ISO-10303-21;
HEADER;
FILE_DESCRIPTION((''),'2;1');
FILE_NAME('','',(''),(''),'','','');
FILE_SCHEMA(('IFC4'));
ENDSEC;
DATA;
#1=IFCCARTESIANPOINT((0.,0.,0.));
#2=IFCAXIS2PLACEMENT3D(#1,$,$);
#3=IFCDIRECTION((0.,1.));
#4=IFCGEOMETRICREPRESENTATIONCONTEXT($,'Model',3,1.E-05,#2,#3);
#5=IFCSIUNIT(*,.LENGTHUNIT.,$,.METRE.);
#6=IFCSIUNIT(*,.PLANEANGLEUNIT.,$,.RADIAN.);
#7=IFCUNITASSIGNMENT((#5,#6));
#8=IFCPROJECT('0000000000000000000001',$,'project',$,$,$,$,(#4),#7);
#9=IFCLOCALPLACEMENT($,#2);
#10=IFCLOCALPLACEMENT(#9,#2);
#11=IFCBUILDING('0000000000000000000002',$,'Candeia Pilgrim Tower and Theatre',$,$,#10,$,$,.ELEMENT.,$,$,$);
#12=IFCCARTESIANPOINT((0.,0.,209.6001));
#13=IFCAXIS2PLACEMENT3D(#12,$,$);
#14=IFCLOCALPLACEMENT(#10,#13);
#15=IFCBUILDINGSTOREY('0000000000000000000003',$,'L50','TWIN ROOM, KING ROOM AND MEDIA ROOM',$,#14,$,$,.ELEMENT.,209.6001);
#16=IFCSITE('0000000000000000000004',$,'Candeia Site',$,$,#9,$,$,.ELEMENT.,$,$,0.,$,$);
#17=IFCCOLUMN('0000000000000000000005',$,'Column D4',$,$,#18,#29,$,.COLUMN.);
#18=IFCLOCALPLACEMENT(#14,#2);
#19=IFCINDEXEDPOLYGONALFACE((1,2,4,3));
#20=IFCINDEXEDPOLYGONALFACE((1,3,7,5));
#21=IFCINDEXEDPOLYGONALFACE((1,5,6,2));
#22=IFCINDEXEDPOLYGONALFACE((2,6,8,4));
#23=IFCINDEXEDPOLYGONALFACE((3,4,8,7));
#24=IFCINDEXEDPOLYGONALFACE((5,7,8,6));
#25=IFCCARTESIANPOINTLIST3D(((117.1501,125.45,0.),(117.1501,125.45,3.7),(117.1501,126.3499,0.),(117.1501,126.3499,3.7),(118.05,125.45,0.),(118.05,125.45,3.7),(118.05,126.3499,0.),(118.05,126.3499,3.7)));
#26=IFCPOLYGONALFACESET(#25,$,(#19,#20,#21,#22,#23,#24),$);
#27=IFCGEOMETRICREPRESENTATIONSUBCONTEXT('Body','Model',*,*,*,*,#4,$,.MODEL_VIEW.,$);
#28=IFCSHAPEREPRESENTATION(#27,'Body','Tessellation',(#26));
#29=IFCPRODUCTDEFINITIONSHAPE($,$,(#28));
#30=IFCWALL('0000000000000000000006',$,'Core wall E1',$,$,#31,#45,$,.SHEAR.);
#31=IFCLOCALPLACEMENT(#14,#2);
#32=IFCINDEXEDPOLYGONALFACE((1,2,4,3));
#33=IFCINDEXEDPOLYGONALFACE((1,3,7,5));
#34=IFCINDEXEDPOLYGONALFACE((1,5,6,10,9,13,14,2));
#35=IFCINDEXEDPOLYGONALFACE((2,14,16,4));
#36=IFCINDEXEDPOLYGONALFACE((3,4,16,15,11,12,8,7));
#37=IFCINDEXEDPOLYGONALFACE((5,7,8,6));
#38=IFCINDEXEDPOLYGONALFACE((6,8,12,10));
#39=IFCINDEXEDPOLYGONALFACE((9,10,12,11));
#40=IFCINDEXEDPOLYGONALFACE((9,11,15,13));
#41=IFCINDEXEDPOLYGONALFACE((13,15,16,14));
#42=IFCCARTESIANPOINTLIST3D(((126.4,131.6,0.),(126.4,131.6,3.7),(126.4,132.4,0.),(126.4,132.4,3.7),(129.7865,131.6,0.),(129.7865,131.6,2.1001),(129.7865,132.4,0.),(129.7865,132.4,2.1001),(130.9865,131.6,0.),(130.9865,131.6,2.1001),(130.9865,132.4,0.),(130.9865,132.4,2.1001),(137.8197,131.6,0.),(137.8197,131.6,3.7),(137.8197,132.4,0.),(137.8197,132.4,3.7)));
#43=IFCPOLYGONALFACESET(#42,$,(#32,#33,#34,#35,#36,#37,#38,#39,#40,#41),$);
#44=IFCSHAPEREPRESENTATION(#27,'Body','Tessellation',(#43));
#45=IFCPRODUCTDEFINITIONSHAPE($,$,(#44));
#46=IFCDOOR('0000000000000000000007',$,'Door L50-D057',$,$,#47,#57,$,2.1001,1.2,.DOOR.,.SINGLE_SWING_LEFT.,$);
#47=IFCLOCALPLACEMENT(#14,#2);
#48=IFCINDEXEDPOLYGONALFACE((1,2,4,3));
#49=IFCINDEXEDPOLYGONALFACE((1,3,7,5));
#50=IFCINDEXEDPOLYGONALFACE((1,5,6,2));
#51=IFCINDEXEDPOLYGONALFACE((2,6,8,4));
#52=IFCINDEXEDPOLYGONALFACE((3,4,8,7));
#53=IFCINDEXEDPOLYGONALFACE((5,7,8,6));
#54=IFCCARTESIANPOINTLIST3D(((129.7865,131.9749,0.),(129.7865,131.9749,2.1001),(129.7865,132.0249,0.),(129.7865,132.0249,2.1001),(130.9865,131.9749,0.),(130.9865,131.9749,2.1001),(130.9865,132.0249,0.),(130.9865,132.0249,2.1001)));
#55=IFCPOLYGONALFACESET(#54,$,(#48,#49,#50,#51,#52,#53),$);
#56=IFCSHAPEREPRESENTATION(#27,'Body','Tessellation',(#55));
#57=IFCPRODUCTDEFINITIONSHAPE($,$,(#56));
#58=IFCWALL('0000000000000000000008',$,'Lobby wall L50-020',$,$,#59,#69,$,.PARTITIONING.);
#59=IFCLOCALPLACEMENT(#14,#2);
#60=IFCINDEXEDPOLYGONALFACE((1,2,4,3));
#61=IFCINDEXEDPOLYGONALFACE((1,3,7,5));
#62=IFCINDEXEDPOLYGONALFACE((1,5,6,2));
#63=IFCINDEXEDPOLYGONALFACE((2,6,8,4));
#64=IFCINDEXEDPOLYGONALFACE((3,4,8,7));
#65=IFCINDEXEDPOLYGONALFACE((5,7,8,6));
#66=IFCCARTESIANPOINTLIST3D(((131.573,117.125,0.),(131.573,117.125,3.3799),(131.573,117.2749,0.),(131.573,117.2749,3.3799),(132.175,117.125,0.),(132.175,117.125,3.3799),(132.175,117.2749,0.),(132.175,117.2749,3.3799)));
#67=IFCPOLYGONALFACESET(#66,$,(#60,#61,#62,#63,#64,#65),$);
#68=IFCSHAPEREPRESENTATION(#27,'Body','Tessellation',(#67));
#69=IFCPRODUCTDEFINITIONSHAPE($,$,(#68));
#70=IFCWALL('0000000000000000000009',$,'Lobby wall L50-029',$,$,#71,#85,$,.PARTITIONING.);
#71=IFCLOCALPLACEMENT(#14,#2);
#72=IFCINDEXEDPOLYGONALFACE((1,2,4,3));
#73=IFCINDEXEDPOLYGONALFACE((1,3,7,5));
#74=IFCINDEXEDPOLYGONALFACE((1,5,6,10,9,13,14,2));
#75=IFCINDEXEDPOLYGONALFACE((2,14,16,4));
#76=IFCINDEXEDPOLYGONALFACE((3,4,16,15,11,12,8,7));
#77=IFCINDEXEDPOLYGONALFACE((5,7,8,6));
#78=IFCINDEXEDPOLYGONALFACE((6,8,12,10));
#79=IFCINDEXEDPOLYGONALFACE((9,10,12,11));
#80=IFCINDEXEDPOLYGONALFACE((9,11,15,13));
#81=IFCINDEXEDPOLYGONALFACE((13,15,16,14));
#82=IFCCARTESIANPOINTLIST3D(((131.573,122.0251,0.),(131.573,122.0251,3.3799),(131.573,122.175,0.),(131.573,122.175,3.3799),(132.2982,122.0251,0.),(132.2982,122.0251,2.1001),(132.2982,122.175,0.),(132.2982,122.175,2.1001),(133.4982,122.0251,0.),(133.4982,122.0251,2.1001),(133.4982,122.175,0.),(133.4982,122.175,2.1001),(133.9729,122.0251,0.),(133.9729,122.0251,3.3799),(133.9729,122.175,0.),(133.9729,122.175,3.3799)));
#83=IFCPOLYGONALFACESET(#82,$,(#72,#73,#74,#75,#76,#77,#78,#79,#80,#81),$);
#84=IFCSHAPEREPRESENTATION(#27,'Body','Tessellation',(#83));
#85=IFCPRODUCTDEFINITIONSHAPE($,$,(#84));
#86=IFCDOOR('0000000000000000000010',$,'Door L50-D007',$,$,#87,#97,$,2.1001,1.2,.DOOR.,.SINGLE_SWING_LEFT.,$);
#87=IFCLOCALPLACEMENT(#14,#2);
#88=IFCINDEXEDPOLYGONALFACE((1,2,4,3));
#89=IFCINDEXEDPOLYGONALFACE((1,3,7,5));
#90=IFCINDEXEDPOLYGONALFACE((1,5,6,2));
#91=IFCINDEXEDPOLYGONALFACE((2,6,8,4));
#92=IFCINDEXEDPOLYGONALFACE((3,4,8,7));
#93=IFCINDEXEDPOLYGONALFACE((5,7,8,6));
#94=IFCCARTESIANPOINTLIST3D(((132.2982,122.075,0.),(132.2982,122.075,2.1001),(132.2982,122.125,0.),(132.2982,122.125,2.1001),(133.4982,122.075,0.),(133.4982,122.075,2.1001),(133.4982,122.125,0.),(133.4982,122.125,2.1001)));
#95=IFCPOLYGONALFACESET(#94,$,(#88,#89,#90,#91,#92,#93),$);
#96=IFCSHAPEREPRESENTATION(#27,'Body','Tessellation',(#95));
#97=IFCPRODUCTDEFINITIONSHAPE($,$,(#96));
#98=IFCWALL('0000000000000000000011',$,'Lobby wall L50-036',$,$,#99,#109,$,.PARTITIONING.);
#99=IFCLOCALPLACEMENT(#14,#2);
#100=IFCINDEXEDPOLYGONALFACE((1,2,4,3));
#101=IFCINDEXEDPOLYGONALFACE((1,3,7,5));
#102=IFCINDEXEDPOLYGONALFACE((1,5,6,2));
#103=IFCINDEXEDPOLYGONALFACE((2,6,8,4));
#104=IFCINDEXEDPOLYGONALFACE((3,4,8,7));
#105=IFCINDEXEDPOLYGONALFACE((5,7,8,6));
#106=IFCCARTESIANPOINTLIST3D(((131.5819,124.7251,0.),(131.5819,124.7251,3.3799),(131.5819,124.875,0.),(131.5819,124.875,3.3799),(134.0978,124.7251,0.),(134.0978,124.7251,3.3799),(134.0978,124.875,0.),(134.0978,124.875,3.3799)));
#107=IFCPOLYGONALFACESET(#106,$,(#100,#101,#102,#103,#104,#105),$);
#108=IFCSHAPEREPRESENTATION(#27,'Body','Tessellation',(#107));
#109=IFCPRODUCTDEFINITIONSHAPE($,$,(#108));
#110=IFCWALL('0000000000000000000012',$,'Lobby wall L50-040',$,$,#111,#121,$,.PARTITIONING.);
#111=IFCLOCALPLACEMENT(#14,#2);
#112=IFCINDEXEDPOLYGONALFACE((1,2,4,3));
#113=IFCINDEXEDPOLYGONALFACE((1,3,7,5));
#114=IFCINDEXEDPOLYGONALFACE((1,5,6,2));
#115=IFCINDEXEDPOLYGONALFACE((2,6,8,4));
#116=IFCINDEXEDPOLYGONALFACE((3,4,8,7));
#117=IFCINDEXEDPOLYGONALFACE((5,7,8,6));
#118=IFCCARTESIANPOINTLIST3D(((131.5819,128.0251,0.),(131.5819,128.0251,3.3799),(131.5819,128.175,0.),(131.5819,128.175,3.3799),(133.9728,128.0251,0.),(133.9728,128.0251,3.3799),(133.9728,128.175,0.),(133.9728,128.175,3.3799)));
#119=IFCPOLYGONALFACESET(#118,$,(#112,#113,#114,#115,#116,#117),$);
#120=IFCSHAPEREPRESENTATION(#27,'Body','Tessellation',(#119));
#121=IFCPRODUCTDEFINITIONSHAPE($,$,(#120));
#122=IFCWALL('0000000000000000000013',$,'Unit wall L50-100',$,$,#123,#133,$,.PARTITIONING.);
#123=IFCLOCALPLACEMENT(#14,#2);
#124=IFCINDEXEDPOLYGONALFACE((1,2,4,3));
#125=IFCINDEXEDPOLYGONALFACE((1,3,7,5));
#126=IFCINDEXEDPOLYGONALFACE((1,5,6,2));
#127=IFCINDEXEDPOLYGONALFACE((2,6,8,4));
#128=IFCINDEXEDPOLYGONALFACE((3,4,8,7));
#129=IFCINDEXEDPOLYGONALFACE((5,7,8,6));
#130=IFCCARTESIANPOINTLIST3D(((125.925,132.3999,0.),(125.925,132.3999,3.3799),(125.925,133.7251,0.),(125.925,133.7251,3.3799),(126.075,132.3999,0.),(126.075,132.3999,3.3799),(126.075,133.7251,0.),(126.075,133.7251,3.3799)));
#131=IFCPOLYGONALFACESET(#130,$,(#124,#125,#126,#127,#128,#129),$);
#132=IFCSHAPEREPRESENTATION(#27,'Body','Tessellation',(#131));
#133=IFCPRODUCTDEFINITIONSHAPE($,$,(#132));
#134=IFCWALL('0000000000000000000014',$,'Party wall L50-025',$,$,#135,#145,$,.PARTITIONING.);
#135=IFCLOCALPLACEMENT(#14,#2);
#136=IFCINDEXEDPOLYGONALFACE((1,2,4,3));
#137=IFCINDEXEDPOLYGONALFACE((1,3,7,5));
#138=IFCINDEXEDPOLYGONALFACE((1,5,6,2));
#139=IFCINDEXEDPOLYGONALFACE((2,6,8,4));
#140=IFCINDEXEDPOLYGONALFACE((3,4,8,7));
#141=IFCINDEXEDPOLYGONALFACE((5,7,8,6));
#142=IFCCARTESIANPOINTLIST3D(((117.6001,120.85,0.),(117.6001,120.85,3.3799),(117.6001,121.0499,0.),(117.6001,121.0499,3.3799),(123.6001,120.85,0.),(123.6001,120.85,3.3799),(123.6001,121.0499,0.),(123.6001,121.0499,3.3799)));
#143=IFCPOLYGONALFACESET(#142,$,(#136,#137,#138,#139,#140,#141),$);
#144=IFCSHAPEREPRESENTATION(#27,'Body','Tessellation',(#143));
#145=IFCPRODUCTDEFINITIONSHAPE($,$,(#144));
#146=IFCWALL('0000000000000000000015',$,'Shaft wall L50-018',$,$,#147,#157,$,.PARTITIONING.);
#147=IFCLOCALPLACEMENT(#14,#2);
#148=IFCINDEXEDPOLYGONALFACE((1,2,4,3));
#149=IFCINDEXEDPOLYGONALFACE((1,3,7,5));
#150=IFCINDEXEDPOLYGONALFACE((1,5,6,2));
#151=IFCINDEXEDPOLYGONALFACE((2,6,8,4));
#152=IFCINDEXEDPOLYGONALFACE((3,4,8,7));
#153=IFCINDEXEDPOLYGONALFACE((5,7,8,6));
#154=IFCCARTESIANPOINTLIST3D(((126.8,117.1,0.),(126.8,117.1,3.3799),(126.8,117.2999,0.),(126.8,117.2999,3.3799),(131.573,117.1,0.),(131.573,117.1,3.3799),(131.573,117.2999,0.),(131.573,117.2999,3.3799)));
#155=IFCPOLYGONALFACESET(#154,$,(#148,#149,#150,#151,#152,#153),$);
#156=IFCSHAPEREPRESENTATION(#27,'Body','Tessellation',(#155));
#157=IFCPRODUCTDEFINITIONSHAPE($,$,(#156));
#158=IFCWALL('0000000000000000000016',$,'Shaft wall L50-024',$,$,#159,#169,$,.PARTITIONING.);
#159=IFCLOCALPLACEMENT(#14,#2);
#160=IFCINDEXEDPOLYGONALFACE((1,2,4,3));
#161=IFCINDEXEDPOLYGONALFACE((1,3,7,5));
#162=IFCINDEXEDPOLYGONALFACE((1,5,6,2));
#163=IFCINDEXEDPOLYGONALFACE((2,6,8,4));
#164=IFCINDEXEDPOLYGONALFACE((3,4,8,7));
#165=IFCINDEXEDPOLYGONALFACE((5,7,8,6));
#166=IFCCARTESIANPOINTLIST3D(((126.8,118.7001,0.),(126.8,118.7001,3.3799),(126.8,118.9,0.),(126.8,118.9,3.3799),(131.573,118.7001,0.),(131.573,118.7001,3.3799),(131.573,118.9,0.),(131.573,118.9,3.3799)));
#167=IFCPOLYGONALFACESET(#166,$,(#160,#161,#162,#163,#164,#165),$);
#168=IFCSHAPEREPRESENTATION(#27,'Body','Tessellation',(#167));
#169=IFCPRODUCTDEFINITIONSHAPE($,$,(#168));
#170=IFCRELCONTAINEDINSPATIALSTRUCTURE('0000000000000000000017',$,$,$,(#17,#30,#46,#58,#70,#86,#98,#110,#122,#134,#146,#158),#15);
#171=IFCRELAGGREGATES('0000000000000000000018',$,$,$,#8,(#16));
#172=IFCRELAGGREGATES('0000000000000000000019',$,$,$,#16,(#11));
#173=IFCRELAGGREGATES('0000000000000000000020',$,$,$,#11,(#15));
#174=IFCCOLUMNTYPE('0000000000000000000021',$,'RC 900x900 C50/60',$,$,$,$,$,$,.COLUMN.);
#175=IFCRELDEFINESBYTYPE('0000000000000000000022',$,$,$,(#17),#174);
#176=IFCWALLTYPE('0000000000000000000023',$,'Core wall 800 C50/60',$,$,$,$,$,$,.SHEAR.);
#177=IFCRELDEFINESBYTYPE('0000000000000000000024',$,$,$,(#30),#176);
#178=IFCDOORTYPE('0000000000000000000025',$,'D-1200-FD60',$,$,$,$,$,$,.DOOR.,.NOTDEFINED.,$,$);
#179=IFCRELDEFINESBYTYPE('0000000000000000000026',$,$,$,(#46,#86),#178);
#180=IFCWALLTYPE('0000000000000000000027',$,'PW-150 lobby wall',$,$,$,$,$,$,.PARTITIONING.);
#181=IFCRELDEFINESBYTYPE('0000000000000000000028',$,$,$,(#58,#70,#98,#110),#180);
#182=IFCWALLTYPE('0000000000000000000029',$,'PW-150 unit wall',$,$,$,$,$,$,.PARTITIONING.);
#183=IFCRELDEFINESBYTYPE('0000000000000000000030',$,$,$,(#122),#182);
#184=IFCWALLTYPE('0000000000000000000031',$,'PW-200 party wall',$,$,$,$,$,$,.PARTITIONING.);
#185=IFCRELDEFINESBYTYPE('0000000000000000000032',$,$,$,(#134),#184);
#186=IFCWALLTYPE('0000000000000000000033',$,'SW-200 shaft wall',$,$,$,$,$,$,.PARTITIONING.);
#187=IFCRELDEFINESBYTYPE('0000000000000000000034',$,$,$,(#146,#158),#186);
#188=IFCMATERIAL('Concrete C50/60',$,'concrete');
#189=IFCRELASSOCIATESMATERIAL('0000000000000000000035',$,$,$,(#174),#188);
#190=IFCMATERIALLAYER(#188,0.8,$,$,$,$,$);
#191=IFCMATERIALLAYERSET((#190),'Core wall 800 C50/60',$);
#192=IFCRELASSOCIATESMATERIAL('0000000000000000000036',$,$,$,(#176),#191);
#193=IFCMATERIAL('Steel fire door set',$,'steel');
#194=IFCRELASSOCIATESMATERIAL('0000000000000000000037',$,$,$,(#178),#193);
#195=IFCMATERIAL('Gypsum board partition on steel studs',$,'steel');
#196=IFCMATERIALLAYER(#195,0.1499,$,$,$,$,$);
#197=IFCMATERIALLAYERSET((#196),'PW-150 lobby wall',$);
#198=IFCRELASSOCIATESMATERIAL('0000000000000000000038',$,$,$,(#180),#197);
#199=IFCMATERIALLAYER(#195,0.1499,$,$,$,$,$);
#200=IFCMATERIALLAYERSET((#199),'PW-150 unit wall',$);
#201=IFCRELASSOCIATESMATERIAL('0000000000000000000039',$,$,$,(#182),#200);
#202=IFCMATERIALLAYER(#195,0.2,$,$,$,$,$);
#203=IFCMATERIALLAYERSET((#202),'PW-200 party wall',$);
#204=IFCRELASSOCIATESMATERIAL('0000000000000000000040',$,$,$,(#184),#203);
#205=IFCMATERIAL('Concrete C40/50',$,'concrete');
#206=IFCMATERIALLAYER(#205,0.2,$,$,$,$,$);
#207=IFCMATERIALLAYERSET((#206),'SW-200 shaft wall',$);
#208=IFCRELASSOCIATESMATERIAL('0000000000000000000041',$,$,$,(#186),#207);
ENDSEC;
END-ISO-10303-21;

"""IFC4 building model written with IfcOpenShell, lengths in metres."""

from ifc_helpers import new_model, si_unit, direction, frame, frame_2d, origin, origin_2d, place, context, subcontext, project, spatial, rectangle, extrude, material, layer, layer_set, material_profile, profile_set, type_object, element, fill, save


model = new_model("IFC4")

# Units and contexts
model_context = context("Model", 3, precision=1e-05, world=origin(), true_north=direction((0.0, 1.0)))
body_context = subcontext(model_context, "Body", "Model", "MODEL_VIEW")
ifc_project = project(units=[si_unit("LENGTHUNIT", "METRE"), si_unit("PLANEANGLEUNIT", "RADIAN")], contexts=[model_context])

# Site, building, storey
site_placement = place(None, origin())
site = spatial("IfcSite", under=ifc_project, at=site_placement, Name="Candeia Site", CompositionType="ELEMENT", RefElevation=0.0)
building_placement = place(site_placement, origin())
building = spatial("IfcBuilding", under=site, at=building_placement, Name="Candeia Pilgrim Tower and Theatre", CompositionType="ELEMENT")
storey_placement = place(building_placement, frame((0.0, 0.0, 209.6001)))
storey = spatial("IfcBuildingStorey", under=building, at=storey_placement, Name="L50", Description="TWIN ROOM, KING ROOM AND MEDIA ROOM", CompositionType="ELEMENT", Elevation=209.6001)

# Column
ifc_material_1 = material(Name="Concrete C50/60", Category="concrete")
ifc_material_profile = material_profile(ifc_material_1, rectangle(XDim=0.8999, YDim=0.8999, at=origin_2d()))
ifc_profile_set = profile_set([ifc_material_profile], Name="Concrete C50/60")
column_type = type_object("IfcColumnType", Name="RC 900x900 C50/60", PredefinedType="COLUMN", material=ifc_profile_set)
column_placement = place(storey_placement, frame((117.6001, 125.8999, 0.0), z_axis=(0.0, 0.0, 1.0), x_axis=(1.0, 0.0, 0.0)))
element("IfcColumn", 1, at=column_placement, inside=storey, type_object=column_type, Name="Column D4", PredefinedType="COLUMN", context=body_context, shape_type="SweptSolid", body=[
    extrude(rectangle(XDim=0.8999, YDim=0.8999, at=origin_2d()), origin(), (0.0, 0.0, 1.0), 3.7),
])

# Wall, opening, door
ifc_layer_1 = layer(ifc_material_1, 0.8)
ifc_layer_set_1 = layer_set([ifc_layer_1], Name="Core wall 800 C50/60")
wall_type_1 = type_object("IfcWallType", Name="Core wall 800 C50/60", PredefinedType="SHEAR", material=ifc_layer_set_1)
wall_1_placement = place(storey_placement, frame((126.3999, 132.0, 0.0), z_axis=(0.0, 0.0, 1.0), x_axis=(1.0, 0.0, 0.0)))
wall_1 = element("IfcWall", 2, at=wall_1_placement, inside=storey, type_object=wall_type_1, Name="Core wall E1", PredefinedType="SHEAR", context=body_context, shape_type="SweptSolid", body=[
    extrude(rectangle(XDim=11.4197, YDim=0.8, at=frame_2d((5.71, 0.0))), origin(), (0.0, 0.0, 1.0), 3.7),
])
opening_1_placement = place(wall_1_placement, frame((3.3865, 0.0, 0.0)))
opening_1 = element("IfcOpeningElement", 3, at=opening_1_placement, cuts=wall_1, PredefinedType="OPENING", context=body_context, shape_type="SweptSolid", body=[
    extrude(rectangle(XDim=1.2, YDim=2.1001, at=frame_2d((0.6001, 1.05))), frame((0.0, 0.4102, 0.0), z_axis=(0.0, -1.0, 0.0), x_axis=(1.0, 0.0, 0.0)), (0.0, 0.0, 1.0), 0.8201),
])
ifc_material_2 = material(Name="Steel fire door set", Category="steel")
door_type_1 = type_object("IfcDoorType", Name="D-1200-FD60", OperationType="NOTDEFINED", PredefinedType="DOOR", material=ifc_material_2)
door_1_placement = place(opening_1_placement, origin())
door_1 = element("IfcDoor", 4, at=door_1_placement, inside=storey, type_object=door_type_1, Name="Door L50-D057", OperationType="SINGLE_SWING_LEFT", OverallHeight=2.1001, OverallWidth=1.2, PredefinedType="DOOR", context=body_context, shape_type="SweptSolid", body=[
    extrude(rectangle(XDim=1.2, YDim=2.1001, at=frame_2d((0.6001, 1.05))), frame((0.0, 0.0249, 0.0), z_axis=(0.0, -1.0, 0.0), x_axis=(1.0, 0.0, 0.0)), (0.0, 0.0, 1.0), 0.05),
])
fill(opening_1, door_1)

# Wall
ifc_material_3 = material(Name="Gypsum board partition on steel studs", Category="steel")
ifc_layer_2 = layer(ifc_material_3, 0.1499)
ifc_layer_set_2 = layer_set([ifc_layer_2], Name="PW-150 lobby wall")
wall_type_2 = type_object("IfcWallType", Name="PW-150 lobby wall", PredefinedType="PARTITIONING", material=ifc_layer_set_2)
wall_2_placement = place(storey_placement, frame((131.573, 117.2, 0.0), z_axis=(0.0, 0.0, 1.0), x_axis=(1.0, 0.0, 0.0)))
element("IfcWall", 5, at=wall_2_placement, inside=storey, type_object=wall_type_2, Name="Lobby wall L50-020", PredefinedType="PARTITIONING", context=body_context, shape_type="SweptSolid", body=[
    extrude(rectangle(XDim=0.6021, YDim=0.1499, at=frame_2d((0.301, 0.0))), origin(), (0.0, 0.0, 1.0), 3.3799),
])

# Wall, opening, door
wall_3_placement = place(storey_placement, frame((131.573, 122.1001, 0.0), z_axis=(0.0, 0.0, 1.0), x_axis=(1.0, 0.0, 0.0)))
wall_3 = element("IfcWall", 6, at=wall_3_placement, inside=storey, type_object=wall_type_2, Name="Lobby wall L50-029", PredefinedType="PARTITIONING", context=body_context, shape_type="SweptSolid", body=[
    extrude(rectangle(XDim=2.3999, YDim=0.1499, at=frame_2d((1.2, 0.0))), origin(), (0.0, 0.0, 1.0), 3.3799),
])
opening_2_placement = place(wall_3_placement, frame((0.7251, 0.0, 0.0)))
opening_2 = element("IfcOpeningElement", 7, at=opening_2_placement, cuts=wall_3, PredefinedType="OPENING", context=body_context, shape_type="SweptSolid", body=[
    extrude(rectangle(XDim=1.2, YDim=2.1001, at=frame_2d((0.6001, 1.05))), frame((0.0, 0.085, 0.0), z_axis=(0.0, -1.0, 0.0), x_axis=(1.0, 0.0, 0.0)), (0.0, 0.0, 1.0), 0.1699),
])
door_2_placement = place(opening_2_placement, origin())
door_2 = element("IfcDoor", 8, at=door_2_placement, inside=storey, type_object=door_type_1, Name="Door L50-D007", OperationType="SINGLE_SWING_LEFT", OverallHeight=2.1001, OverallWidth=1.2, PredefinedType="DOOR", context=body_context, shape_type="SweptSolid", body=[
    extrude(rectangle(XDim=1.2, YDim=2.1001, at=frame_2d((0.6001, 1.05))), frame((0.0, 0.0249, 0.0), z_axis=(0.0, -1.0, 0.0), x_axis=(1.0, 0.0, 0.0)), (0.0, 0.0, 1.0), 0.05),
])
fill(opening_2, door_2)

# Walls
wall_4_placement = place(storey_placement, frame((131.582, 124.8, 0.0), z_axis=(0.0, 0.0, 1.0), x_axis=(1.0, 0.0, 0.0)))
element("IfcWall", 9, at=wall_4_placement, inside=storey, type_object=wall_type_2, Name="Lobby wall L50-036", PredefinedType="PARTITIONING", context=body_context, shape_type="SweptSolid", body=[
    extrude(rectangle(XDim=2.5159, YDim=0.1499, at=frame_2d((1.2578, 0.0))), origin(), (0.0, 0.0, 1.0), 3.3799),
])
wall_5_placement = place(storey_placement, frame((131.582, 128.1001, 0.0), z_axis=(0.0, 0.0, 1.0), x_axis=(1.0, 0.0, 0.0)))
element("IfcWall", 10, at=wall_5_placement, inside=storey, type_object=wall_type_2, Name="Lobby wall L50-040", PredefinedType="PARTITIONING", context=body_context, shape_type="SweptSolid", body=[
    extrude(rectangle(XDim=2.3909, YDim=0.1499, at=frame_2d((1.1953, 0.0))), origin(), (0.0, 0.0, 1.0), 3.3799),
])
ifc_layer_3 = layer(ifc_material_3, 0.1499)
ifc_layer_set_3 = layer_set([ifc_layer_3], Name="PW-150 unit wall")
wall_type_3 = type_object("IfcWallType", Name="PW-150 unit wall", PredefinedType="PARTITIONING", material=ifc_layer_set_3)
wall_6_placement = place(storey_placement, frame((126.0, 132.3999, 0.0), z_axis=(0.0, 0.0, 1.0), x_axis=(0.0, 1.0, 0.0)))
element("IfcWall", 11, at=wall_6_placement, inside=storey, type_object=wall_type_3, Name="Unit wall L50-100", PredefinedType="PARTITIONING", context=body_context, shape_type="SweptSolid", body=[
    extrude(rectangle(XDim=1.3252, YDim=0.1499, at=frame_2d((0.6626, 0.0))), origin(), (0.0, 0.0, 1.0), 3.3799),
])
ifc_layer_4 = layer(ifc_material_3, 0.2)
ifc_layer_set_4 = layer_set([ifc_layer_4], Name="PW-200 party wall")
wall_type_4 = type_object("IfcWallType", Name="PW-200 party wall", PredefinedType="PARTITIONING", material=ifc_layer_set_4)
wall_7_placement = place(storey_placement, frame((117.6001, 120.95, 0.0), z_axis=(0.0, 0.0, 1.0), x_axis=(1.0, 0.0, 0.0)))
element("IfcWall", 12, at=wall_7_placement, inside=storey, type_object=wall_type_4, Name="Party wall L50-025", PredefinedType="PARTITIONING", context=body_context, shape_type="SweptSolid", body=[
    extrude(rectangle(XDim=6.0, YDim=0.2, at=frame_2d((3.0, 0.0))), origin(), (0.0, 0.0, 1.0), 3.3799),
])
ifc_material_4 = material(Name="Concrete C40/50", Category="concrete")
ifc_layer_5 = layer(ifc_material_4, 0.2)
ifc_layer_set_5 = layer_set([ifc_layer_5], Name="SW-200 shaft wall")
wall_type_5 = type_object("IfcWallType", Name="SW-200 shaft wall", PredefinedType="PARTITIONING", material=ifc_layer_set_5)
for number, where, z_axis, x_axis, name in (
    (13, (126.8, 117.2, 0.0), (0.0, 0.0, 1.0), (1.0, 0.0, 0.0), "Shaft wall L50-018"),
    (14, (126.8, 118.8, 0.0), (0.0, 0.0, 1.0), (1.0, 0.0, 0.0), "Shaft wall L50-024"),
):
    element("IfcWall", number, at=place(storey_placement, frame(where, z_axis=z_axis, x_axis=x_axis)), inside=storey, type_object=wall_type_5, Name=name, PredefinedType="PARTITIONING", context=body_context, shape_type="SweptSolid", body=[
        extrude(rectangle(XDim=4.7729, YDim=0.2, at=frame_2d((2.3865, 0.0))), origin(), (0.0, 0.0, 1.0), 3.3799),
    ])

save(model, "model.ifc")
